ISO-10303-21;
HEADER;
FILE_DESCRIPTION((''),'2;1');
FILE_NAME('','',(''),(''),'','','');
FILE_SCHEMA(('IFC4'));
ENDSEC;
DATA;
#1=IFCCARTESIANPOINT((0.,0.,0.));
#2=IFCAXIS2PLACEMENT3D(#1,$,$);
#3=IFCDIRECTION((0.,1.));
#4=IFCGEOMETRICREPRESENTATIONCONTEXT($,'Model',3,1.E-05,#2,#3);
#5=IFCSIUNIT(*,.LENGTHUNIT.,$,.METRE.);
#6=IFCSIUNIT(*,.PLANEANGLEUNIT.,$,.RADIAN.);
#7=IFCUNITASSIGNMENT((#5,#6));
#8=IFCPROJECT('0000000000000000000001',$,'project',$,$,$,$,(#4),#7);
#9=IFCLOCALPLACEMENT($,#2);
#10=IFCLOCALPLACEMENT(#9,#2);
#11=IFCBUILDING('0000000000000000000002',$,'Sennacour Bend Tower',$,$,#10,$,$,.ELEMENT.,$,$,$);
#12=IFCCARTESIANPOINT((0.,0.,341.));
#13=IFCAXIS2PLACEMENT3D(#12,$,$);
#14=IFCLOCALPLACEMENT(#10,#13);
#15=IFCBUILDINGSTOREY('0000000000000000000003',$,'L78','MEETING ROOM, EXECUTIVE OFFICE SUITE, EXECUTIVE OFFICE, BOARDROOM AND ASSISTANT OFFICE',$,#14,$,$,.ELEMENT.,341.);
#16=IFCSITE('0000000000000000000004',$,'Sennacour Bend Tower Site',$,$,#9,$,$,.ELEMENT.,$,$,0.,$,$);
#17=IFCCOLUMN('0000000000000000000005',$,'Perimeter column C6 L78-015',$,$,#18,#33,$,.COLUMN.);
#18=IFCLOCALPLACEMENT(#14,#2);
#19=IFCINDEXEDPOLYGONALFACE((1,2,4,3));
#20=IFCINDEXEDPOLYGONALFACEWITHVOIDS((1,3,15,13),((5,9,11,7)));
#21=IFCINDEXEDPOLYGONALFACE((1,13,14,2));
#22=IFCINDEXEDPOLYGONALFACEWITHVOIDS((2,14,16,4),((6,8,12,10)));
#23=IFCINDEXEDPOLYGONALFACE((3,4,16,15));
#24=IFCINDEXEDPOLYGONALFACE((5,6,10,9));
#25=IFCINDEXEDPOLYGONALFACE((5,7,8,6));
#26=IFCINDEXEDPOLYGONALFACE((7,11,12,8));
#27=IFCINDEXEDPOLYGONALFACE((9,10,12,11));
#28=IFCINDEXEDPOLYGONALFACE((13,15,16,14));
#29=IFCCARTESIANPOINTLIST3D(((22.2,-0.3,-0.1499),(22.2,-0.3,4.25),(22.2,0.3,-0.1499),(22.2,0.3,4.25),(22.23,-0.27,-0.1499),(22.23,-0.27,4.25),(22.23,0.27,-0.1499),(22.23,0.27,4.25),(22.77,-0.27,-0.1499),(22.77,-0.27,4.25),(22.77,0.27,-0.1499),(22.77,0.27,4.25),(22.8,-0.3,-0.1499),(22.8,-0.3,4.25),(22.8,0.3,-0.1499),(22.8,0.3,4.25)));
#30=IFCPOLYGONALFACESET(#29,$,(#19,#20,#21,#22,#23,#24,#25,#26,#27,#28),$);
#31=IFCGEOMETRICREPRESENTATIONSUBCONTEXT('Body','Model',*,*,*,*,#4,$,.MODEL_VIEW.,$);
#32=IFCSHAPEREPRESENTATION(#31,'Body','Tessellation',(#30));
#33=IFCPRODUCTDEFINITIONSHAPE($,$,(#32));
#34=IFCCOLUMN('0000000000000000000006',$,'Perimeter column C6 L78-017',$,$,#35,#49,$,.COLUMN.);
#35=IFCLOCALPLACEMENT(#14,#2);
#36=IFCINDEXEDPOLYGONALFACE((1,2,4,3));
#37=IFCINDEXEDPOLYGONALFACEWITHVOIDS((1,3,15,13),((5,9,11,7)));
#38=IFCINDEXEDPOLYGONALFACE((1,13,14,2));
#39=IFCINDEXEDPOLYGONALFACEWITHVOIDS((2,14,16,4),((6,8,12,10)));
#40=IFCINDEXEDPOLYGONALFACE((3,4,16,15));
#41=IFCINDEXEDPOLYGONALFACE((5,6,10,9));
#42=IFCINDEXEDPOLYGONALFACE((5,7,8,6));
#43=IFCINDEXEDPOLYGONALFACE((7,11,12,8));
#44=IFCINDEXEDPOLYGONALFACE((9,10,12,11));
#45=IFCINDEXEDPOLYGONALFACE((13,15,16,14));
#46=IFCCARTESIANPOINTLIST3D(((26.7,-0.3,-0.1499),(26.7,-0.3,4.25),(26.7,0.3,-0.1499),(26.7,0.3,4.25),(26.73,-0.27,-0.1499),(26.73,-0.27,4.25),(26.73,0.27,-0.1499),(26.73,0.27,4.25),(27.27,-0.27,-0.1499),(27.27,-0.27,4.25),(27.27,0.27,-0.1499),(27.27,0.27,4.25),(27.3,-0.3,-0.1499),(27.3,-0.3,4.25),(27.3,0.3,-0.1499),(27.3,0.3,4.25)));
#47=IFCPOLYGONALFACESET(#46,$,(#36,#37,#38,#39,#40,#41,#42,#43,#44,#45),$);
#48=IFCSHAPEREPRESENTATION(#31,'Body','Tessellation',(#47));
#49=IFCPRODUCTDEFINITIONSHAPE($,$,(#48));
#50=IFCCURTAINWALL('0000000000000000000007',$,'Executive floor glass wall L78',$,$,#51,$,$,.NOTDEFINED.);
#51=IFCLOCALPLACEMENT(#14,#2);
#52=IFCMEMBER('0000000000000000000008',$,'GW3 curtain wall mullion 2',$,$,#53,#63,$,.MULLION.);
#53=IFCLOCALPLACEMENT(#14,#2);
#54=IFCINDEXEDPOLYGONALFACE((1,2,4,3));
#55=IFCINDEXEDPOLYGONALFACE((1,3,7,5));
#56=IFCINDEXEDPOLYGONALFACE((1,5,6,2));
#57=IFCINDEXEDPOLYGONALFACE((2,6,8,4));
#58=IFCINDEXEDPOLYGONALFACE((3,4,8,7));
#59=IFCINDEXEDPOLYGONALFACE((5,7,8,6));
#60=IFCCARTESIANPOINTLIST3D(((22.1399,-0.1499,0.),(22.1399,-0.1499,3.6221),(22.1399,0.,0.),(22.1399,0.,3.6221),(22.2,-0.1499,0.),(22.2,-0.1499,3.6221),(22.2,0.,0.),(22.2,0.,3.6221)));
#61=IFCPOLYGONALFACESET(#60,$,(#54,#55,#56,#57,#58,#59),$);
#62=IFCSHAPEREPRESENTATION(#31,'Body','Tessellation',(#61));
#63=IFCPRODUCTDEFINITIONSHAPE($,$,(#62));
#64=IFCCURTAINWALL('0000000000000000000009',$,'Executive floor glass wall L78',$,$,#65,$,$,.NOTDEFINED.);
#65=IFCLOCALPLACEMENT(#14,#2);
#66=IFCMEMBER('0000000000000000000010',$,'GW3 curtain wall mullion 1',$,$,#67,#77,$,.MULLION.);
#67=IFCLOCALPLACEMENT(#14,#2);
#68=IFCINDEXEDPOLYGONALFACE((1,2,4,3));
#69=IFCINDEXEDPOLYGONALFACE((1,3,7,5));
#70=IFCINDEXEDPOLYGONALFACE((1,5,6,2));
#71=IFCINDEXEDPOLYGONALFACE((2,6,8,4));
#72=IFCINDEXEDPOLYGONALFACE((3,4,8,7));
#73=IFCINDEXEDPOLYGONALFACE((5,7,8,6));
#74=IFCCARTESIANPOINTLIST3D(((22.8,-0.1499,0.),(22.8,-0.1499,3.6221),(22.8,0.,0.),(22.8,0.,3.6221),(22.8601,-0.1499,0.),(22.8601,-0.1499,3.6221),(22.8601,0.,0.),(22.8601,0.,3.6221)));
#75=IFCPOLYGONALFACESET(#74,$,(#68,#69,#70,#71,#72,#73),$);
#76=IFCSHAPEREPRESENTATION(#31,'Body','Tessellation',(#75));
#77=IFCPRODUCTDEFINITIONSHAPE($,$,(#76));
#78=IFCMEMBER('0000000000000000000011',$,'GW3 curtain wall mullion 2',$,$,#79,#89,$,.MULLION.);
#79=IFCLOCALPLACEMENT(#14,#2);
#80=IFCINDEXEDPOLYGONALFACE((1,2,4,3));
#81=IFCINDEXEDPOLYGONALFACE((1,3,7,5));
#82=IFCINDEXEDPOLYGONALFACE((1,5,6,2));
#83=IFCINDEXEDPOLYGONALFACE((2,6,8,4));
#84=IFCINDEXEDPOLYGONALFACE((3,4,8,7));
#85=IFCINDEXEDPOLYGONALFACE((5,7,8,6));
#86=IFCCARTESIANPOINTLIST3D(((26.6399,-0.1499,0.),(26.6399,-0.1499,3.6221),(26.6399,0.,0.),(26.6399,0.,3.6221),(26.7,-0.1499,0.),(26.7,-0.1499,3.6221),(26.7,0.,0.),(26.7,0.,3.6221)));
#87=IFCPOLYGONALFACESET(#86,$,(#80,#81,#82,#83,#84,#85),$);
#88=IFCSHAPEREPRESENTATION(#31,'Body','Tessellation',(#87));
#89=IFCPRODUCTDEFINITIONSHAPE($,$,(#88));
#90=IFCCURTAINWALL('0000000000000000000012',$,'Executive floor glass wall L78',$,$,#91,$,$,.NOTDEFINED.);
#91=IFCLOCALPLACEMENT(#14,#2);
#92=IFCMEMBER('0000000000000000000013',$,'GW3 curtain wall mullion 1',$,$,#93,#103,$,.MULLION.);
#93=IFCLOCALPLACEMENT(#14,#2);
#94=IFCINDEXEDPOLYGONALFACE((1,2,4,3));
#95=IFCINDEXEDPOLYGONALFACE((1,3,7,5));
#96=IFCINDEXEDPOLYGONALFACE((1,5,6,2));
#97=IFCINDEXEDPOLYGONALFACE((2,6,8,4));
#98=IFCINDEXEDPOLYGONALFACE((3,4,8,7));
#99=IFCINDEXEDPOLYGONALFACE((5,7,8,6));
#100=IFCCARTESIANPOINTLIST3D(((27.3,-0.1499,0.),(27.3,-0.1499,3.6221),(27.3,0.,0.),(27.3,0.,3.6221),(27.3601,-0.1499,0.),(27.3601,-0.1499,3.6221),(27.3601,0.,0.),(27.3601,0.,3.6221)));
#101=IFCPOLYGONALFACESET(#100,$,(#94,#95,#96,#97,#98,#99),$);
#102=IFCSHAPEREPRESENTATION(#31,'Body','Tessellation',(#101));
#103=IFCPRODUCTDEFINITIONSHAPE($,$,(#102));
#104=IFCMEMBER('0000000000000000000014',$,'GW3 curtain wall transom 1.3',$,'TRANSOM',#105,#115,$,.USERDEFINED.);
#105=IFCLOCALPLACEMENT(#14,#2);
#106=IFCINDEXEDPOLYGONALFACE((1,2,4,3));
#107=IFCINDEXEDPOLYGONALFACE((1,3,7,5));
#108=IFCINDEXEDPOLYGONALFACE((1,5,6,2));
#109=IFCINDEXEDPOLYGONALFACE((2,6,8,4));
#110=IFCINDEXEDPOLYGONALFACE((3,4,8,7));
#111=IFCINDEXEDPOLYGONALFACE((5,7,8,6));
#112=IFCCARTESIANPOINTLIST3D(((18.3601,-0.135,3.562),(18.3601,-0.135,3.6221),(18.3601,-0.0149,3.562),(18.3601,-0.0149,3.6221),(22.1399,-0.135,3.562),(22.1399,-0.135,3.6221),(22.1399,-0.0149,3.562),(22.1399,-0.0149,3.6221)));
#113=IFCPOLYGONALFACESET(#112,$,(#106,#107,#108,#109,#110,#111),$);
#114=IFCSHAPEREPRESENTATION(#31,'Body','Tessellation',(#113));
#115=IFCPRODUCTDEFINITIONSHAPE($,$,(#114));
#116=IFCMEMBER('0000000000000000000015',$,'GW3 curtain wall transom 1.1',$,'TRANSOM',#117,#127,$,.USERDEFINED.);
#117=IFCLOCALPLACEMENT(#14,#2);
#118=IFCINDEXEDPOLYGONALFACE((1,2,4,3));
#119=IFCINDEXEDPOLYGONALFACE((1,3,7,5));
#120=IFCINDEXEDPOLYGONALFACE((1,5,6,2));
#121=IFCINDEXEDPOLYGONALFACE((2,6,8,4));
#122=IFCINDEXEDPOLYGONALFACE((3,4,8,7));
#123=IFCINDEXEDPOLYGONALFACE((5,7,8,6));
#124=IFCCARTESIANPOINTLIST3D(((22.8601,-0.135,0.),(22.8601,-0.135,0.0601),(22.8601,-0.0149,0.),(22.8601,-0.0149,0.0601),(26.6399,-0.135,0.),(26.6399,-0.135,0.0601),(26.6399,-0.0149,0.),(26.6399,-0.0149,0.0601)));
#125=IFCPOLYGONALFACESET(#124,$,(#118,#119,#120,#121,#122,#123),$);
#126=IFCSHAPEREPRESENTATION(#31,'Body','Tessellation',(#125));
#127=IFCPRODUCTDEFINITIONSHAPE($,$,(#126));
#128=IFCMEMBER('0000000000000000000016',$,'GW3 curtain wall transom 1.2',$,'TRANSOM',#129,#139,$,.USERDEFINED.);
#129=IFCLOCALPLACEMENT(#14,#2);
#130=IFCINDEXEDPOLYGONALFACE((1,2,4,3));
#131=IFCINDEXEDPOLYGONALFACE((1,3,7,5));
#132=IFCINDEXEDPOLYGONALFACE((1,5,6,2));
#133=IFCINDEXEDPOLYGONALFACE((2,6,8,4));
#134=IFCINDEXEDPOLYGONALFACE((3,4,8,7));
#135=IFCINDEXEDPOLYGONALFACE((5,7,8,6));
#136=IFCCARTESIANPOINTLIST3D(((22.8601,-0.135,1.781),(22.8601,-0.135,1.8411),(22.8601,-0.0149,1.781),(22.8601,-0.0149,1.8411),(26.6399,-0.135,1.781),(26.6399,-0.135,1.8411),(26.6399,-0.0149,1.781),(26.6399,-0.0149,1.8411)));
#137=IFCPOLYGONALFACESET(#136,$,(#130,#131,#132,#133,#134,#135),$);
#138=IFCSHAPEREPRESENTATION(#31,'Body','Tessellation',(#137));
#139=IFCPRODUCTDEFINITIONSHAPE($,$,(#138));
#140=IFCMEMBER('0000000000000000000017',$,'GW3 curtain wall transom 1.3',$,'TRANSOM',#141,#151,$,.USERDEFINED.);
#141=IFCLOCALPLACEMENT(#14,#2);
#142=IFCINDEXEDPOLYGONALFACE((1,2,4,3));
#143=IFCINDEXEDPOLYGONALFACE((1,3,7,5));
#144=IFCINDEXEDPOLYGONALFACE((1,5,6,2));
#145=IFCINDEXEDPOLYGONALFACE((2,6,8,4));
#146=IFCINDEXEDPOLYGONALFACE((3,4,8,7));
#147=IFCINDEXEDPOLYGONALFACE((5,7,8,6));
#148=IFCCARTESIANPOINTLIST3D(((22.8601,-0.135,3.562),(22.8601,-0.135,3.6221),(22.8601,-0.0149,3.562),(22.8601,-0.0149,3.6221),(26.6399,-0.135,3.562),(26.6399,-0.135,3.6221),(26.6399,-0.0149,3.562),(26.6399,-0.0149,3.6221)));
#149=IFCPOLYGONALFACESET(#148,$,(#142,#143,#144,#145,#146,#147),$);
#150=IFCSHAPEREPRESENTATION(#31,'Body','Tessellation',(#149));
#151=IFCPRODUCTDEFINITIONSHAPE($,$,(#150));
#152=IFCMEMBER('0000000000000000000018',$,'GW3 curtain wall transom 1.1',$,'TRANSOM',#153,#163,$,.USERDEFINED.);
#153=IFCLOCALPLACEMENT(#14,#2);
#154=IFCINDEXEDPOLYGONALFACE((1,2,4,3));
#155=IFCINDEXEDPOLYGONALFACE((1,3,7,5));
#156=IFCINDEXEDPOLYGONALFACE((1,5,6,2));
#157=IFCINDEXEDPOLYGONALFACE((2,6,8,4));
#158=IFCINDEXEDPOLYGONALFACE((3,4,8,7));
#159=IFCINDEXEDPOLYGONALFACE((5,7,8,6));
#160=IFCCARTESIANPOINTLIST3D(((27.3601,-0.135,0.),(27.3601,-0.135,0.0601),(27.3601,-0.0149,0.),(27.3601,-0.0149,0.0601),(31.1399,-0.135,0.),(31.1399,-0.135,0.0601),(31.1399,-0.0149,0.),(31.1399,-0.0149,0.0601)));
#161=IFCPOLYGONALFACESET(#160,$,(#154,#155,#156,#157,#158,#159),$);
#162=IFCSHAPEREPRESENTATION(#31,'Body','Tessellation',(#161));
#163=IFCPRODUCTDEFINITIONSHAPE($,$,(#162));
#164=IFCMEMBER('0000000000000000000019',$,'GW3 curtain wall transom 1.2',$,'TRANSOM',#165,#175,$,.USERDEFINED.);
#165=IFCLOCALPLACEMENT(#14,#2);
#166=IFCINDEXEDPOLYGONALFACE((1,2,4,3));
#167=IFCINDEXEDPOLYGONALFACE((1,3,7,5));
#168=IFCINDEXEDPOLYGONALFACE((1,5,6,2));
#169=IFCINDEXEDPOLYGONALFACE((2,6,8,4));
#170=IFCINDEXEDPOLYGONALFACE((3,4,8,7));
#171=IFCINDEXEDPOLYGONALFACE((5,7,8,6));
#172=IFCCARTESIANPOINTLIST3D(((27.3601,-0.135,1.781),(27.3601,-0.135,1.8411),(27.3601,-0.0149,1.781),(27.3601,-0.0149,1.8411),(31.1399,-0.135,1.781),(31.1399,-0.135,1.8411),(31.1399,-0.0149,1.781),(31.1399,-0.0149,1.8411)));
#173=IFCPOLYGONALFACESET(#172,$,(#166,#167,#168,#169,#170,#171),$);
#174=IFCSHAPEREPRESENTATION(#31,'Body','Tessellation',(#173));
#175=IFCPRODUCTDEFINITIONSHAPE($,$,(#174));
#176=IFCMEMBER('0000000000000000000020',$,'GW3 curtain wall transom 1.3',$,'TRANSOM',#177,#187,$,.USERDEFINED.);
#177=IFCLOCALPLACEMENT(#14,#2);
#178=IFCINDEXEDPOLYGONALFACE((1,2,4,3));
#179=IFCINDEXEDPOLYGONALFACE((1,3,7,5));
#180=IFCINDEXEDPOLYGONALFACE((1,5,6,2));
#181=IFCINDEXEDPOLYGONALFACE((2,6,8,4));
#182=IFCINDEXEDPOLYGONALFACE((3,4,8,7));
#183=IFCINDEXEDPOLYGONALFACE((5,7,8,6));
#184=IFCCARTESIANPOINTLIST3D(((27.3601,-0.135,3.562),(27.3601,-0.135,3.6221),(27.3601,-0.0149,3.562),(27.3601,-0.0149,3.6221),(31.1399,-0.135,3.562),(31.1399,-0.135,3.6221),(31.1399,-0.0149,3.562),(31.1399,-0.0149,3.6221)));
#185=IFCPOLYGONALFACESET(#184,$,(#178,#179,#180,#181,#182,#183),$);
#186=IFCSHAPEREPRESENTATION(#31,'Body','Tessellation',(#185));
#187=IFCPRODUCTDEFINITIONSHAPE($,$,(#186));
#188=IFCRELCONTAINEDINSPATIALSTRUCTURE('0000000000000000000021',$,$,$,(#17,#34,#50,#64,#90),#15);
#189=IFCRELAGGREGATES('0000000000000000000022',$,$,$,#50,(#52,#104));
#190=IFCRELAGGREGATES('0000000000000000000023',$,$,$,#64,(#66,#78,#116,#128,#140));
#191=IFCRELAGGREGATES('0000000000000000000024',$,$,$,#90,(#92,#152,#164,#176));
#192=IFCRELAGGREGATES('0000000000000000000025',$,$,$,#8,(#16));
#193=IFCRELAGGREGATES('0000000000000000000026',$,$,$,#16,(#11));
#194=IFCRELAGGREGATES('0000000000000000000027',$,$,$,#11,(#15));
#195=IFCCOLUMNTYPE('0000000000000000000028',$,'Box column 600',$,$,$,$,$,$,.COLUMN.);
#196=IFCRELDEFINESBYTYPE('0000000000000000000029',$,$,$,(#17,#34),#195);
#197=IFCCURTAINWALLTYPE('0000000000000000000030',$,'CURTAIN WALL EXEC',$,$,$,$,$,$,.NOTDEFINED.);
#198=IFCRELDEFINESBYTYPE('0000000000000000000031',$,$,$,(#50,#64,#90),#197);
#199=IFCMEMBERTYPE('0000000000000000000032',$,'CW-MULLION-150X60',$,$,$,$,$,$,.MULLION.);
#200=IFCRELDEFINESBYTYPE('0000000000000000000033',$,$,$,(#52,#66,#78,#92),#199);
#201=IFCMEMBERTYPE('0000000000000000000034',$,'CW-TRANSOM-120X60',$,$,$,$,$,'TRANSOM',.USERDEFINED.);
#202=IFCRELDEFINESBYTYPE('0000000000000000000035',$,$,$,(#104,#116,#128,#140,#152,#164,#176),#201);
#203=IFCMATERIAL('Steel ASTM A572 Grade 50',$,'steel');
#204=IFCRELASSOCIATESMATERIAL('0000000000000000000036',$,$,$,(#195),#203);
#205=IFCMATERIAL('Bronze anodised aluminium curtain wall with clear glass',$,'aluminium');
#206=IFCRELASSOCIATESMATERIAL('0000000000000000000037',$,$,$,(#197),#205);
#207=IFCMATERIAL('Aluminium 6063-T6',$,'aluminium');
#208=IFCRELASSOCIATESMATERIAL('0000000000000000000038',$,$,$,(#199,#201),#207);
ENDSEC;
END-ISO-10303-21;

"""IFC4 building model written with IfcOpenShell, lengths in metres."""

from ifc_helpers import new_model, si_unit, direction, frame, origin, origin_2d, place, context, subcontext, project, spatial, rectangle, hollow_rectangle, extrude, material, material_profile, profile_set, type_object, element, aggregate, save


model = new_model("IFC4")

# Units and contexts
model_context = context("Model", 3, precision=1e-05, world=origin(), true_north=direction((0.0, 1.0)))
body_context = subcontext(model_context, "Body", "Model", "MODEL_VIEW")
ifc_project = project(units=[si_unit("LENGTHUNIT", "METRE"), si_unit("PLANEANGLEUNIT", "RADIAN")], contexts=[model_context])

# Site, building, storey
site_placement = place(None, origin())
site = spatial("IfcSite", under=ifc_project, at=site_placement, Name="Sennacour Bend Tower Site", CompositionType="ELEMENT", RefElevation=0.0)
building_placement = place(site_placement, origin())
building = spatial("IfcBuilding", under=site, at=building_placement, Name="Sennacour Bend Tower", CompositionType="ELEMENT")
storey_placement = place(building_placement, frame((0.0, 0.0, 341.0)))
storey = spatial("IfcBuildingStorey", under=building, at=storey_placement, Name="L78", Description="MEETING ROOM, EXECUTIVE OFFICE SUITE, EXECUTIVE OFFICE, BOARDROOM AND ASSISTANT OFFICE", CompositionType="ELEMENT", Elevation=341.0)

# Columns
ifc_material_1 = material(Name="Steel ASTM A572 Grade 50", Category="steel")
ifc_material_profile_1 = material_profile(ifc_material_1, hollow_rectangle(XDim=0.6001, YDim=0.6001, WallThickness=0.03, at=origin_2d()), Name="Steel ASTM A572 Grade 50", Category="steel")
ifc_profile_set_1 = profile_set([ifc_material_profile_1], Name="Steel ASTM A572 Grade 50")
column_type = type_object("IfcColumnType", Name="Box column 600", PredefinedType="COLUMN", material=ifc_profile_set_1)
for number, where, z_axis, x_axis, name in (
    (1, (22.5, 0.0, -0.1499), (0.0, 0.0, 1.0), (1.0, 0.0, 0.0), "Perimeter column C6 L78-015"),
    (2, (27.0, 0.0, -0.1499), (0.0, 0.0, 1.0), (1.0, 0.0, 0.0), "Perimeter column C6 L78-017"),
):
    element("IfcColumn", number, at=place(storey_placement, frame(where, z_axis=z_axis, x_axis=x_axis)), inside=storey, type_object=column_type, Name=name, PredefinedType="COLUMN", context=body_context, shape_type="SweptSolid", body=[
        extrude(hollow_rectangle(XDim=0.6001, YDim=0.6001, WallThickness=0.03, at=origin_2d()), origin(), (0.0, 0.0, 1.0), 4.3999),
    ])

# Curtain wall, member
ifc_material_2 = material(Name="Bronze anodised aluminium curtain wall with clear glass", Category="aluminium")
curtain_wall_type = type_object("IfcCurtainWallType", Name="CURTAIN WALL EXEC", PredefinedType="NOTDEFINED", material=ifc_material_2)
curtain_wall_1_placement = place(storey_placement, origin())
curtain_wall_1 = element("IfcCurtainWall", 3, at=curtain_wall_1_placement, inside=storey, type_object=curtain_wall_type, Name="Executive floor glass wall L78", PredefinedType="NOTDEFINED")
ifc_material_3 = material(Name="Aluminium 6063-T6", Category="aluminium")
ifc_material_profile_2 = material_profile(ifc_material_3, rectangle(XDim=0.1499, YDim=0.0601, at=origin_2d()), Name="Aluminium 6063-T6", Category="aluminium")
ifc_profile_set_2 = profile_set([ifc_material_profile_2], Name="Aluminium 6063-T6")
member_type_1 = type_object("IfcMemberType", Name="CW-MULLION-150X60", PredefinedType="MULLION", material=ifc_profile_set_2)
member_1_placement = place(storey_placement, frame((22.1699, -0.075, 0.0), z_axis=(0.0, 0.0, 1.0), x_axis=(0.0, 1.0, 0.0)))
member_1 = element("IfcMember", 4, at=member_1_placement, type_object=member_type_1, Name="GW3 curtain wall mullion 2", PredefinedType="MULLION", context=body_context, shape_type="SweptSolid", body=[
    extrude(rectangle(XDim=0.1499, YDim=0.0601, at=origin_2d()), origin(), (0.0, 0.0, 1.0), 3.6221),
])

# Curtain wall, members
curtain_wall_2_placement = place(storey_placement, origin())
curtain_wall_2 = element("IfcCurtainWall", 5, at=curtain_wall_2_placement, inside=storey, type_object=curtain_wall_type, Name="Executive floor glass wall L78", PredefinedType="NOTDEFINED")
member_2_placement = place(storey_placement, frame((22.8301, -0.075, 0.0), z_axis=(0.0, 0.0, 1.0), x_axis=(0.0, 1.0, 0.0)))
member_2 = element("IfcMember", 6, at=member_2_placement, type_object=member_type_1, Name="GW3 curtain wall mullion 1", PredefinedType="MULLION", context=body_context, shape_type="SweptSolid", body=[
    extrude(rectangle(XDim=0.1499, YDim=0.0601, at=origin_2d()), origin(), (0.0, 0.0, 1.0), 3.6221),
])
member_3_placement = place(storey_placement, frame((26.6699, -0.075, 0.0), z_axis=(0.0, 0.0, 1.0), x_axis=(0.0, 1.0, 0.0)))
member_3 = element("IfcMember", 7, at=member_3_placement, type_object=member_type_1, Name="GW3 curtain wall mullion 2", PredefinedType="MULLION", context=body_context, shape_type="SweptSolid", body=[
    extrude(rectangle(XDim=0.1499, YDim=0.0601, at=origin_2d()), origin(), (0.0, 0.0, 1.0), 3.6221),
])

# Curtain wall, member
curtain_wall_3_placement = place(storey_placement, origin())
curtain_wall_3 = element("IfcCurtainWall", 8, at=curtain_wall_3_placement, inside=storey, type_object=curtain_wall_type, Name="Executive floor glass wall L78", PredefinedType="NOTDEFINED")
member_4_placement = place(storey_placement, frame((27.3301, -0.075, 0.0), z_axis=(0.0, 0.0, 1.0), x_axis=(0.0, 1.0, 0.0)))
member_4 = element("IfcMember", 9, at=member_4_placement, type_object=member_type_1, Name="GW3 curtain wall mullion 1", PredefinedType="MULLION", context=body_context, shape_type="SweptSolid", body=[
    extrude(rectangle(XDim=0.1499, YDim=0.0601, at=origin_2d()), origin(), (0.0, 0.0, 1.0), 3.6221),
])

# Members
ifc_material_profile_3 = material_profile(ifc_material_3, rectangle(XDim=0.1201, YDim=0.0601, at=origin_2d()), Name="Aluminium 6063-T6", Category="aluminium")
ifc_profile_set_3 = profile_set([ifc_material_profile_3], Name="Aluminium 6063-T6")
member_type_2 = type_object("IfcMemberType", Name="CW-TRANSOM-120X60", ElementType="TRANSOM", PredefinedType="USERDEFINED", material=ifc_profile_set_3)
member_5_placement = place(storey_placement, frame((18.3601, -0.075, 3.592), z_axis=(1.0, 0.0, 0.0), x_axis=(0.0, 1.0, 0.0)))
member_5 = element("IfcMember", 10, at=member_5_placement, type_object=member_type_2, Name="GW3 curtain wall transom 1.3", ObjectType="TRANSOM", PredefinedType="USERDEFINED", context=body_context, shape_type="SweptSolid", body=[
    extrude(rectangle(XDim=0.1201, YDim=0.0601, at=origin_2d()), origin(), (0.0, 0.0, 1.0), 3.7798),
])
member_6_placement = place(storey_placement, frame((22.8601, -0.075, 0.03), z_axis=(1.0, 0.0, 0.0), x_axis=(0.0, 1.0, 0.0)))
member_6 = element("IfcMember", 11, at=member_6_placement, type_object=member_type_2, Name="GW3 curtain wall transom 1.1", ObjectType="TRANSOM", PredefinedType="USERDEFINED", context=body_context, shape_type="SweptSolid", body=[
    extrude(rectangle(XDim=0.1201, YDim=0.0601, at=origin_2d()), origin(), (0.0, 0.0, 1.0), 3.7798),
])
member_7_placement = place(storey_placement, frame((22.8601, -0.075, 1.811), z_axis=(1.0, 0.0, 0.0), x_axis=(0.0, 1.0, 0.0)))
member_7 = element("IfcMember", 12, at=member_7_placement, type_object=member_type_2, Name="GW3 curtain wall transom 1.2", ObjectType="TRANSOM", PredefinedType="USERDEFINED", context=body_context, shape_type="SweptSolid", body=[
    extrude(rectangle(XDim=0.1201, YDim=0.0601, at=origin_2d()), origin(), (0.0, 0.0, 1.0), 3.7798),
])
member_8_placement = place(storey_placement, frame((22.8601, -0.075, 3.592), z_axis=(1.0, 0.0, 0.0), x_axis=(0.0, 1.0, 0.0)))
member_8 = element("IfcMember", 13, at=member_8_placement, type_object=member_type_2, Name="GW3 curtain wall transom 1.3", ObjectType="TRANSOM", PredefinedType="USERDEFINED", context=body_context, shape_type="SweptSolid", body=[
    extrude(rectangle(XDim=0.1201, YDim=0.0601, at=origin_2d()), origin(), (0.0, 0.0, 1.0), 3.7798),
])
member_9_placement = place(storey_placement, frame((27.3601, -0.075, 0.03), z_axis=(1.0, 0.0, 0.0), x_axis=(0.0, 1.0, 0.0)))
member_9 = element("IfcMember", 14, at=member_9_placement, type_object=member_type_2, Name="GW3 curtain wall transom 1.1", ObjectType="TRANSOM", PredefinedType="USERDEFINED", context=body_context, shape_type="SweptSolid", body=[
    extrude(rectangle(XDim=0.1201, YDim=0.0601, at=origin_2d()), origin(), (0.0, 0.0, 1.0), 3.7798),
])
member_10_placement = place(storey_placement, frame((27.3601, -0.075, 1.811), z_axis=(1.0, 0.0, 0.0), x_axis=(0.0, 1.0, 0.0)))
member_10 = element("IfcMember", 15, at=member_10_placement, type_object=member_type_2, Name="GW3 curtain wall transom 1.2", ObjectType="TRANSOM", PredefinedType="USERDEFINED", context=body_context, shape_type="SweptSolid", body=[
    extrude(rectangle(XDim=0.1201, YDim=0.0601, at=origin_2d()), origin(), (0.0, 0.0, 1.0), 3.7798),
])
member_11_placement = place(storey_placement, frame((27.3601, -0.075, 3.592), z_axis=(1.0, 0.0, 0.0), x_axis=(0.0, 1.0, 0.0)))
member_11 = element("IfcMember", 16, at=member_11_placement, type_object=member_type_2, Name="GW3 curtain wall transom 1.3", ObjectType="TRANSOM", PredefinedType="USERDEFINED", context=body_context, shape_type="SweptSolid", body=[
    extrude(rectangle(XDim=0.1201, YDim=0.0601, at=origin_2d()), origin(), (0.0, 0.0, 1.0), 3.7798),
])

aggregate(curtain_wall_1, [member_1, member_5])
aggregate(curtain_wall_2, [member_2, member_3, member_6, member_7, member_8])
aggregate(curtain_wall_3, [member_4, member_9, member_10, member_11])

save(model, "model.ifc")
